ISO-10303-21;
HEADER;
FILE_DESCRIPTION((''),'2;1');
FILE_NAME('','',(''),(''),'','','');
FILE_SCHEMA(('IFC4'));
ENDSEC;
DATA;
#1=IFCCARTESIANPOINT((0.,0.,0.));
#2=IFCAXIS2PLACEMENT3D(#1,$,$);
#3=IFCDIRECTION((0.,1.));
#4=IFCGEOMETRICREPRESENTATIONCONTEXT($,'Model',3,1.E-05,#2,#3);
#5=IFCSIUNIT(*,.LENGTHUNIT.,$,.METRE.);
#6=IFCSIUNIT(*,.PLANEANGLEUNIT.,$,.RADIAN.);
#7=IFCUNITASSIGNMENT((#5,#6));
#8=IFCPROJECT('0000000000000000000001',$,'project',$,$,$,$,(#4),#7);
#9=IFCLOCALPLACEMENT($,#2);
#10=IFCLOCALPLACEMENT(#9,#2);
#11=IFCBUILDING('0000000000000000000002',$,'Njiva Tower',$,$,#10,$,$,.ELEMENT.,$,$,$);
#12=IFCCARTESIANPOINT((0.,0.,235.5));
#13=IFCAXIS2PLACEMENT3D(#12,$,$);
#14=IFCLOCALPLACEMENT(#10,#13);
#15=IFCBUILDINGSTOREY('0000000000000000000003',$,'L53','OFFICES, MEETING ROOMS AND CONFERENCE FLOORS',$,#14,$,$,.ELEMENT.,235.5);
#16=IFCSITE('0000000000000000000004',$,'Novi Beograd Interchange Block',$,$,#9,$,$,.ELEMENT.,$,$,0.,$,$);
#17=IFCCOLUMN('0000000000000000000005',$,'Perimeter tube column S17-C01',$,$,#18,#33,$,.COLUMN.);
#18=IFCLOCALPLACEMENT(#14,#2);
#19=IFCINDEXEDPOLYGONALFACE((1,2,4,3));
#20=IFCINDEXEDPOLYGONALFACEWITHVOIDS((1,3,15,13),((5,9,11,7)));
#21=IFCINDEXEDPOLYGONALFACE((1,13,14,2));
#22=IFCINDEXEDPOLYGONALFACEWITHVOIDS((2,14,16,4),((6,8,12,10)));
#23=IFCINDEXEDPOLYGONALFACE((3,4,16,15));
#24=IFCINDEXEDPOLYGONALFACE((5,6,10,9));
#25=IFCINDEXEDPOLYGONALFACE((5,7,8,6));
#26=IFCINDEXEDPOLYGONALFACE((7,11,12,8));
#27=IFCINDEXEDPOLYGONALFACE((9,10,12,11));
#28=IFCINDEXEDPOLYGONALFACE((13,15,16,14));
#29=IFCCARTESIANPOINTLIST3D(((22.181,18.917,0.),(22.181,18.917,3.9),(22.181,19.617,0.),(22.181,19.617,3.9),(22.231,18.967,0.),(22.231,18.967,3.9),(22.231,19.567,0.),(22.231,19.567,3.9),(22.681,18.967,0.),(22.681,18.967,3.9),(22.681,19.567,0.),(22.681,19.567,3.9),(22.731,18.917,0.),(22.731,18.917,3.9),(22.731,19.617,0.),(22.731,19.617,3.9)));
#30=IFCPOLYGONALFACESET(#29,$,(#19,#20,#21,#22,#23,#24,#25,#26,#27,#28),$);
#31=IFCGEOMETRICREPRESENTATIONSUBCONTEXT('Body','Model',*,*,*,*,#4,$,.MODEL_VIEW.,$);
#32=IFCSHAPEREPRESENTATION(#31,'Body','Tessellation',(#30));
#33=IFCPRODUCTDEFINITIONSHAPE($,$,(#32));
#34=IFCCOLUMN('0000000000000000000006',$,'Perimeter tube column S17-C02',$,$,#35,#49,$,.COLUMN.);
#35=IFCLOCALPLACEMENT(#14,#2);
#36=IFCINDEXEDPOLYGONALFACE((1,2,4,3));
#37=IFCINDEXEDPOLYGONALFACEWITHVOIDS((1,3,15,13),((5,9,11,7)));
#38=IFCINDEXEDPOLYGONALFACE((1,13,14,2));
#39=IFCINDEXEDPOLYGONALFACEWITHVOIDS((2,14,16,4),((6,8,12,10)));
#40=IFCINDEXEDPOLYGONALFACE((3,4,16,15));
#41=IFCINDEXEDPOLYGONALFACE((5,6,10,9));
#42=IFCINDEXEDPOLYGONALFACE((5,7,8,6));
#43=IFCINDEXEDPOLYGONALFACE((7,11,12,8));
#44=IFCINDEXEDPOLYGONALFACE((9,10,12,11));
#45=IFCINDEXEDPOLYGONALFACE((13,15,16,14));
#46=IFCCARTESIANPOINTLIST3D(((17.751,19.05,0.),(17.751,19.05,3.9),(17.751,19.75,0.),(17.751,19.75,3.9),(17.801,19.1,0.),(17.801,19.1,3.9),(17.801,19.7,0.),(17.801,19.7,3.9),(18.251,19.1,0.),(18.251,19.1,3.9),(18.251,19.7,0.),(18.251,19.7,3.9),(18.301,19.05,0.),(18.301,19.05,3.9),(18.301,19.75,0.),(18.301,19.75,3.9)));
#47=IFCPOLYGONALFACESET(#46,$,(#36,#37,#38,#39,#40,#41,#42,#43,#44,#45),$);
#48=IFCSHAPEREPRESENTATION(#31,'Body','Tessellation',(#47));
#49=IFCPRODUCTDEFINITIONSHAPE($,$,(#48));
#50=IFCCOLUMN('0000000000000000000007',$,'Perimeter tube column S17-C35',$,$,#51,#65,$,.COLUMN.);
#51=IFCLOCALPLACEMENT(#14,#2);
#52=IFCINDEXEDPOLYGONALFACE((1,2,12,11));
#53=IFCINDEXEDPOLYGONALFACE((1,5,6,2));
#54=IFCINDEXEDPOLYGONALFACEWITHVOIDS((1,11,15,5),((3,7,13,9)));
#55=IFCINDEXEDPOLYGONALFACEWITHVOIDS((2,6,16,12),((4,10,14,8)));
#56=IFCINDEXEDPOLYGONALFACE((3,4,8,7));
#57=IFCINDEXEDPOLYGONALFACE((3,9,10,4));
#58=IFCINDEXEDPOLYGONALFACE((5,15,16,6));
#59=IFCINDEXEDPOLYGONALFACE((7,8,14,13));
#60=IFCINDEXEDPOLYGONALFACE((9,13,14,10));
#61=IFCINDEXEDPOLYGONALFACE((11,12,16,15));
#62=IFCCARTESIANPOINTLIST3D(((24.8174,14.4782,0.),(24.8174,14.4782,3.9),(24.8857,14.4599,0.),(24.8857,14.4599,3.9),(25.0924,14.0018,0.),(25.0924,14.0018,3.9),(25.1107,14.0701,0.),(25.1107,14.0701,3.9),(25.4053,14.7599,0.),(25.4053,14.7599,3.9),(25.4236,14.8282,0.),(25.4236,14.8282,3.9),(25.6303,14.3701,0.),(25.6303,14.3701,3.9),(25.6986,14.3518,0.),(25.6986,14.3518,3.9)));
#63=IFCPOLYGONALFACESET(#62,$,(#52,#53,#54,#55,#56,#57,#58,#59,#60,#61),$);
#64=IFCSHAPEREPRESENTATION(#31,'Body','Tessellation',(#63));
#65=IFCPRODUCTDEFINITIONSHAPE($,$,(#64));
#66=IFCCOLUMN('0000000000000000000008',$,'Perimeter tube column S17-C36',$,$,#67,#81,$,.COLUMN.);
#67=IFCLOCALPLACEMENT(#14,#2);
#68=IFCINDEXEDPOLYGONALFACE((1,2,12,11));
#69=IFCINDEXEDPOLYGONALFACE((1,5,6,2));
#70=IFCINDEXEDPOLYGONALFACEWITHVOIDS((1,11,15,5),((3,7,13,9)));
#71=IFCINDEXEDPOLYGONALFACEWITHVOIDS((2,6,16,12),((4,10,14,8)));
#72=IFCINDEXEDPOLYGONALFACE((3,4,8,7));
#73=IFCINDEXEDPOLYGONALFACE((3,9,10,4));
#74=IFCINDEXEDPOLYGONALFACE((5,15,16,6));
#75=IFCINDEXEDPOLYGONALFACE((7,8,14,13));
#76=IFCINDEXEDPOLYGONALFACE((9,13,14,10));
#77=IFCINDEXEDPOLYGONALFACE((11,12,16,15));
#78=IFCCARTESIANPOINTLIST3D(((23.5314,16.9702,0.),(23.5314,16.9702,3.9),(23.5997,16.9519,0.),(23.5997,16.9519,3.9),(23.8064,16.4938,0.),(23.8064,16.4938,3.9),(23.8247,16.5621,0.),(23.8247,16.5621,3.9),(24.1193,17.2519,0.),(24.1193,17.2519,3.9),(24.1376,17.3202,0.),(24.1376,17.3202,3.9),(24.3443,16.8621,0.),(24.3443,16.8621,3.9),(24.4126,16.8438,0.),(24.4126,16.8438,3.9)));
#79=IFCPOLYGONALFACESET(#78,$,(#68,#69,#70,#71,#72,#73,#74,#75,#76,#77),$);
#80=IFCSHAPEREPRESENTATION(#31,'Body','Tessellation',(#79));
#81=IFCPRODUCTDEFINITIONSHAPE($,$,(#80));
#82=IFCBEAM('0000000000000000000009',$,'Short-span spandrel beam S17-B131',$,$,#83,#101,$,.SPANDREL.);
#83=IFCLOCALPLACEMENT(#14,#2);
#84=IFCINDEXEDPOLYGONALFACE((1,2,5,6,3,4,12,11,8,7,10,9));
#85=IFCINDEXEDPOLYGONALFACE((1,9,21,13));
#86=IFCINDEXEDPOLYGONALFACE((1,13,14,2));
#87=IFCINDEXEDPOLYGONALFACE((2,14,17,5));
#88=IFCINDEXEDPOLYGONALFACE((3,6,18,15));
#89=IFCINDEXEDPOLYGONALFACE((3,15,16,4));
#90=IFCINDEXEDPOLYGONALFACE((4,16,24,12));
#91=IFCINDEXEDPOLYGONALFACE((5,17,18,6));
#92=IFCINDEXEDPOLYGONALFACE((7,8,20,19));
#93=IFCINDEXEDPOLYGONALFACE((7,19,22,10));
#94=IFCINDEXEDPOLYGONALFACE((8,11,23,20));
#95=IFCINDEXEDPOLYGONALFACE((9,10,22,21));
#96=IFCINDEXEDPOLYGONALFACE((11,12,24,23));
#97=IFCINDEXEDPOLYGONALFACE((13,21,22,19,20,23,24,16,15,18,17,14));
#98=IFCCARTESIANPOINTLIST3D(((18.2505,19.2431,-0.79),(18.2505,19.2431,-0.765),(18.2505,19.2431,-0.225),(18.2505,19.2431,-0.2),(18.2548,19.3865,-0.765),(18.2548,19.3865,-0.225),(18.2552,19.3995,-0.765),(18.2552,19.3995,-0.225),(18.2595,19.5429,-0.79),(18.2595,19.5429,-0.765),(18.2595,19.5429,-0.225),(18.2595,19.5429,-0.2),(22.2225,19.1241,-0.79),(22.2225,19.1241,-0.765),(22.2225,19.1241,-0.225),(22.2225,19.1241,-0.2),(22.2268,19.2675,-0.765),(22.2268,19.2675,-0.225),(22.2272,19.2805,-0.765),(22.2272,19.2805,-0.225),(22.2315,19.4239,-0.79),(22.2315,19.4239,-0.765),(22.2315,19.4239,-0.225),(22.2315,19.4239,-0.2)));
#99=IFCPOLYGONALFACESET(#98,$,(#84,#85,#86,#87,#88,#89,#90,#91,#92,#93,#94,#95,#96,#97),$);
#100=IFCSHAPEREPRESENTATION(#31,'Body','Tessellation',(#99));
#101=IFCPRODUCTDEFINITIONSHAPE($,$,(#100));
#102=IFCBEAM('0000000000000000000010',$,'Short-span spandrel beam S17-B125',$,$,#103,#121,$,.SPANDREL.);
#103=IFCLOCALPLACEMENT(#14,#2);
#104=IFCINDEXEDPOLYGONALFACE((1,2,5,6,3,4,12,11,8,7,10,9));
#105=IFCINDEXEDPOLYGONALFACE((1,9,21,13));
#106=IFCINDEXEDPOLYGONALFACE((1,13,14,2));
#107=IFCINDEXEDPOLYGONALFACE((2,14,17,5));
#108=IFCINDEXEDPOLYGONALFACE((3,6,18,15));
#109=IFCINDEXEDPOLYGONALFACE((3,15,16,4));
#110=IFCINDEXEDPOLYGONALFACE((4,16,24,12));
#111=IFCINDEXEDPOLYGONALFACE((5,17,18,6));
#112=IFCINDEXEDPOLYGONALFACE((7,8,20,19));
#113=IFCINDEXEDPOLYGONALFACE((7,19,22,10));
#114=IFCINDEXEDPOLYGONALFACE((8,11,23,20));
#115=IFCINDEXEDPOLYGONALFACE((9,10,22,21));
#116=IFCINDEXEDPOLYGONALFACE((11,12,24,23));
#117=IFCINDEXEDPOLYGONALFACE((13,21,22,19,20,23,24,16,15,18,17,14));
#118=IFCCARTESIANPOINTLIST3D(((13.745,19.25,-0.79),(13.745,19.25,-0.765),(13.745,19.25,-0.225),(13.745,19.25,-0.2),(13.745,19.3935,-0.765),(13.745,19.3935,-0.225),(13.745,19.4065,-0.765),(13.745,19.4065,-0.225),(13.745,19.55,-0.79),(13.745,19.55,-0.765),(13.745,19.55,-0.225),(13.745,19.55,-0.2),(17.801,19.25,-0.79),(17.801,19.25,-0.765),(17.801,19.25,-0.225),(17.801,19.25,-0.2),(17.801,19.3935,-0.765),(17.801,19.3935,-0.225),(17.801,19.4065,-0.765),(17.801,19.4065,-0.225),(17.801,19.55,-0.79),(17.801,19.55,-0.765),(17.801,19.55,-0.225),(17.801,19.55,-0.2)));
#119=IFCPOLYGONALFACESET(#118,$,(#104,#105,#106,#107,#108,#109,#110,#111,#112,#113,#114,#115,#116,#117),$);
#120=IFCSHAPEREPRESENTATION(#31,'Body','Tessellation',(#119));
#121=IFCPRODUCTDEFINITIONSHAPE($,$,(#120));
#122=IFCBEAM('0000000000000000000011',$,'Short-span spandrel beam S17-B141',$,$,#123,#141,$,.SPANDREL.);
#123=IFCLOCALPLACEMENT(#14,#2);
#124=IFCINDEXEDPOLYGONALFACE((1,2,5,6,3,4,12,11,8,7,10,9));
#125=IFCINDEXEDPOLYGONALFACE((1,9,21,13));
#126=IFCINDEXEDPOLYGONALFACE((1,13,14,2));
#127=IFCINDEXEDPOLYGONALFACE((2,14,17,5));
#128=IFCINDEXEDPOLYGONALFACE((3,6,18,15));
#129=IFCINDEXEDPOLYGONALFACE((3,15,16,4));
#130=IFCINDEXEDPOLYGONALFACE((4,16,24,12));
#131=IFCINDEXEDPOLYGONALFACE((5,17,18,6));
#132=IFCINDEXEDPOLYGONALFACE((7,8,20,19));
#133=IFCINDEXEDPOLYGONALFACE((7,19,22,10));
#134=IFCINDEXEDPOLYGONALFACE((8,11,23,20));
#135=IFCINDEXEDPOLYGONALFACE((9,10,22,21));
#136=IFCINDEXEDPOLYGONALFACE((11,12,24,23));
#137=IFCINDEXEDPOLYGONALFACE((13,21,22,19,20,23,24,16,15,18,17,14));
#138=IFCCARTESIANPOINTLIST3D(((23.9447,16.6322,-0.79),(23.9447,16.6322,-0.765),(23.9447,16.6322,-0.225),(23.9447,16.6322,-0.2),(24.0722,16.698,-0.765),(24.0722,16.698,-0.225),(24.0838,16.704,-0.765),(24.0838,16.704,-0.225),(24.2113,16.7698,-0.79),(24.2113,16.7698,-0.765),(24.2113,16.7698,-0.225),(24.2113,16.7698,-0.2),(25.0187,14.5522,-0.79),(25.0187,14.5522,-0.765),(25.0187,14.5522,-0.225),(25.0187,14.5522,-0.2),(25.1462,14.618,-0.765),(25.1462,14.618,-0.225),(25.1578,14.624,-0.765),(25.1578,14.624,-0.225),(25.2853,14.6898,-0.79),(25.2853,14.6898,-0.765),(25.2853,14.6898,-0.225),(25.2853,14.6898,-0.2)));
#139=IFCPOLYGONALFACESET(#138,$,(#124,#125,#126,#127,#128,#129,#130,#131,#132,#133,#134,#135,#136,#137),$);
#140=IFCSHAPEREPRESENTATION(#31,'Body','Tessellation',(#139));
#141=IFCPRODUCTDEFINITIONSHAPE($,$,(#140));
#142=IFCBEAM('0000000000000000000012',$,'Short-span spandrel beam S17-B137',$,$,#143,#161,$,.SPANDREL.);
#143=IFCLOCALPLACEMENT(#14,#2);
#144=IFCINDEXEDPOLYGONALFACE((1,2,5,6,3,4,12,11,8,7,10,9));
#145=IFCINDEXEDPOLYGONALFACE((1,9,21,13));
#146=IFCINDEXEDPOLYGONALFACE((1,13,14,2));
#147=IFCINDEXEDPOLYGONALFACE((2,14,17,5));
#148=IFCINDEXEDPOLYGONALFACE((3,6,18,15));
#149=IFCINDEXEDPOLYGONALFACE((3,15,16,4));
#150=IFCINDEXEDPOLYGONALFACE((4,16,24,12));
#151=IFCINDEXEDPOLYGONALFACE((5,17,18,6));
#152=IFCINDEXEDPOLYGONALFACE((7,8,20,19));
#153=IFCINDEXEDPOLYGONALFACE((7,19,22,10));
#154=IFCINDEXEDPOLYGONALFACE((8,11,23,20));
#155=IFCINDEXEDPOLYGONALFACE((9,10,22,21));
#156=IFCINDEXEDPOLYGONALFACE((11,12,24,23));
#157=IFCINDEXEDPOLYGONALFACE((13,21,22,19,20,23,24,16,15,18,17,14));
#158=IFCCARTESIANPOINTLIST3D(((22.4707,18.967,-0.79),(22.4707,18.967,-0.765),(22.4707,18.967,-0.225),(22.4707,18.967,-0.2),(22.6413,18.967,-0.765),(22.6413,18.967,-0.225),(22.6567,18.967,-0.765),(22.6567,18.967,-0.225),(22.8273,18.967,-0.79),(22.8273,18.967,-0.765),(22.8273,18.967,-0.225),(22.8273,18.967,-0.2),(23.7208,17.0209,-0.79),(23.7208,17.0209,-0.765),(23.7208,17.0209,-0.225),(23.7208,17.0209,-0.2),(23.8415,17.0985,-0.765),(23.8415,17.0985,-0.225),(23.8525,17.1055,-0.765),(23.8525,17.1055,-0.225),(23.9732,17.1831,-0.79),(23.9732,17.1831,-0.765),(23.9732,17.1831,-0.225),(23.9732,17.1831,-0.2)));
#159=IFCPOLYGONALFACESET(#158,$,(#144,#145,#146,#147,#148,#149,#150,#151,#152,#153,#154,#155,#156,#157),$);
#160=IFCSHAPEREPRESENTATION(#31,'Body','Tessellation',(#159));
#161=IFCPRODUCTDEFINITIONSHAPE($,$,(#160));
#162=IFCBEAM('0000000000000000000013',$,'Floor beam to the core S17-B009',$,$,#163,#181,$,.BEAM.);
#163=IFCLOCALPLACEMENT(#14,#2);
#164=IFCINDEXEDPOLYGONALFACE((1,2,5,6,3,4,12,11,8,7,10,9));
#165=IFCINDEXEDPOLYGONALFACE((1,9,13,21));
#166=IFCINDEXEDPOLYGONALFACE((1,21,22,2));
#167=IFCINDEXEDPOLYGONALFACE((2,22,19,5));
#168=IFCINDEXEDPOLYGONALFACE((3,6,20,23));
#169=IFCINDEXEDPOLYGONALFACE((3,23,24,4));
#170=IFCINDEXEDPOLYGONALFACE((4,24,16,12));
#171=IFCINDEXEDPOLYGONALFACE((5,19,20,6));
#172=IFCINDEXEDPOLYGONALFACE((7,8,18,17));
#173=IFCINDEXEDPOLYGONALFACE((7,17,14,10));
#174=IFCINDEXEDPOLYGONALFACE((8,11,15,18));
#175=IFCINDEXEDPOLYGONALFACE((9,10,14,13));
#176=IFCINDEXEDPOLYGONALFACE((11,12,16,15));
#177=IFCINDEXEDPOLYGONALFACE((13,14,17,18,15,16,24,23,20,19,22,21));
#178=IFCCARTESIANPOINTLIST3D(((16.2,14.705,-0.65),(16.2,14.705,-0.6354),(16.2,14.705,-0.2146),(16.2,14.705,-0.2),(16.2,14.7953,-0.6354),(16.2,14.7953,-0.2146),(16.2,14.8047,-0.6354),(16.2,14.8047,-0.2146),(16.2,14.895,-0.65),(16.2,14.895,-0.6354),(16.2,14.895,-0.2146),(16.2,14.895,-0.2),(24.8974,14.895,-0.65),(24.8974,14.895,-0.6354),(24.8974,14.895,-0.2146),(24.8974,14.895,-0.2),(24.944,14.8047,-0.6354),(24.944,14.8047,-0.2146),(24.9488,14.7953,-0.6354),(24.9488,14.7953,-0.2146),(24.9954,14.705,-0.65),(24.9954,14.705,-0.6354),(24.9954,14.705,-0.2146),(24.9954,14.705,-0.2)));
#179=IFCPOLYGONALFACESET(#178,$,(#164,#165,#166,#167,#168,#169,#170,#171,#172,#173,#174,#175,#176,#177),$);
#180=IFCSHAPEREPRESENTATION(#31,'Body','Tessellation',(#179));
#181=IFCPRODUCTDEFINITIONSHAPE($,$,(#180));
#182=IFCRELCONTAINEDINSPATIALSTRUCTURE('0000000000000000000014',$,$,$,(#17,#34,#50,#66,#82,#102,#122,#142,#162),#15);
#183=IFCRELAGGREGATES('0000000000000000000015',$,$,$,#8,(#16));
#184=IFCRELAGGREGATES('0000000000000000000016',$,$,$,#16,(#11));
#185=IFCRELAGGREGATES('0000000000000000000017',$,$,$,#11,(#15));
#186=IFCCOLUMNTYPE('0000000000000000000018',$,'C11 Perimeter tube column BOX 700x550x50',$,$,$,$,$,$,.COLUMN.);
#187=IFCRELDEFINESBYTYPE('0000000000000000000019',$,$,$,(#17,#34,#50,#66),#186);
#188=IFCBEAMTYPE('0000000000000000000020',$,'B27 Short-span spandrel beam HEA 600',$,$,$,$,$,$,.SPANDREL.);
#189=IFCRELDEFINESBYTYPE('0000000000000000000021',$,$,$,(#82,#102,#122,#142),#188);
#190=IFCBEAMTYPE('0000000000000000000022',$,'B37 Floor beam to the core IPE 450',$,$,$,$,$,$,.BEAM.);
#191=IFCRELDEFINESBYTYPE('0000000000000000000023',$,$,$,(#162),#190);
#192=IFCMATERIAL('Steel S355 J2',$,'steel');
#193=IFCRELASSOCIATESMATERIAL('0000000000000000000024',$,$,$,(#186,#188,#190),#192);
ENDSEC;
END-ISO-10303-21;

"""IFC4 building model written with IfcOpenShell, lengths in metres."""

from ifc_helpers import new_model, si_unit, direction, frame, origin, origin_2d, place, context, subcontext, project, spatial, hollow_rectangle, i_section, extrude, clip, halfspace, material, material_profile, profile_set, type_object, element, save


model = new_model("IFC4")

# Units and contexts
model_context = context("Model", 3, precision=1e-05, world=origin(), true_north=direction((0.0, 1.0)))
body_context = subcontext(model_context, "Body", "Model", "MODEL_VIEW")
ifc_project = project(units=[si_unit("LENGTHUNIT", "METRE"), si_unit("PLANEANGLEUNIT", "RADIAN")], contexts=[model_context])

# Site, building, storey
site_placement = place(None, origin())
site = spatial("IfcSite", under=ifc_project, at=site_placement, Name="Novi Beograd Interchange Block", CompositionType="ELEMENT", RefElevation=0.0)
building_placement = place(site_placement, origin())
building = spatial("IfcBuilding", under=site, at=building_placement, Name="Njiva Tower", CompositionType="ELEMENT")
storey_placement = place(building_placement, frame((0.0, 0.0, 235.5)))
storey = spatial("IfcBuildingStorey", under=building, at=storey_placement, Name="L53", Description="OFFICES, MEETING ROOMS AND CONFERENCE FLOORS", CompositionType="ELEMENT", Elevation=235.5)

# Columns
ifc_material_1 = material(Name="Steel S355 J2", Category="steel")
ifc_material_profile_1 = material_profile(ifc_material_1, hollow_rectangle(XDim=0.55, YDim=0.7, WallThickness=0.05, at=origin_2d()), Name="BOX 700x550x50")
ifc_profile_set_1 = profile_set([ifc_material_profile_1], Name="Steel S355 J2")
column_type = type_object("IfcColumnType", Name="C11 Perimeter tube column BOX 700x550x50", PredefinedType="COLUMN", material=ifc_profile_set_1)
for number, where, z_axis, x_axis, name in (
    (1, (22.456, 19.267, 0.0), (0.0, 0.0, 1.0), (-1.0, 0.0, 0.0), "Perimeter tube column S17-C01"),
    (2, (18.026, 19.4, 0.0), (0.0, 0.0, 1.0), (-1.0, 0.0, 0.0), "Perimeter tube column S17-C02"),
    (3, (25.258, 14.415, 0.0), (0.0, 0.0, 1.0), (-0.5, 0.866025, 0.0), "Perimeter tube column S17-C35"),
    (4, (23.972, 16.907, 0.0), (0.0, 0.0, 1.0), (-0.5, 0.866025, 0.0), "Perimeter tube column S17-C36"),
):
    element("IfcColumn", number, at=place(storey_placement, frame(where, z_axis=z_axis, x_axis=x_axis)), inside=storey, type_object=column_type, Name=name, PredefinedType="COLUMN", context=body_context, shape_type="SweptSolid", body=[
        extrude(hollow_rectangle(XDim=0.55, YDim=0.7, WallThickness=0.05, at=origin_2d()), origin(), (0.0, 0.0, 1.0), 3.9),
    ])

# Beams
ifc_material_profile_2 = material_profile(ifc_material_1, i_section(OverallWidth=0.3, OverallDepth=0.59, WebThickness=0.013, FlangeThickness=0.025, at=origin_2d()), Name="HEA 600")
ifc_profile_set_2 = profile_set([ifc_material_profile_2], Name="Steel S355 J2")
beam_type_1 = type_object("IfcBeamType", Name="B27 Short-span spandrel beam HEA 600", PredefinedType="SPANDREL", material=ifc_profile_set_2)
beam_1_placement = place(storey_placement, frame((22.227, 19.274, -0.495), z_axis=(-0.999552, 0.029946, 0.0), x_axis=(-0.029946, -0.999552, 0.0)))
element("IfcBeam", 5, at=beam_1_placement, inside=storey, type_object=beam_type_1, Name="Short-span spandrel beam S17-B131", PredefinedType="SPANDREL", context=body_context, shape_type="SweptSolid", body=[
    extrude(i_section(OverallWidth=0.3, OverallDepth=0.59, WebThickness=0.013, FlangeThickness=0.025, at=origin_2d()), origin(), (0.0, 0.0, 1.0), 3.9738),
])
beam_2_placement = place(storey_placement, frame((17.801, 19.4, -0.495), z_axis=(-1.0, 0.0, 0.0), x_axis=(0.0, -1.0, 0.0)))
element("IfcBeam", 6, at=beam_2_placement, inside=storey, type_object=beam_type_1, Name="Short-span spandrel beam S17-B125", PredefinedType="SPANDREL", context=body_context, shape_type="SweptSolid", body=[
    extrude(i_section(OverallWidth=0.3, OverallDepth=0.59, WebThickness=0.013, FlangeThickness=0.025, at=origin_2d()), origin(), (0.0, 0.0, 1.0), 4.056),
])
beam_3_placement = place(storey_placement, frame((25.152, 14.621, -0.495), z_axis=(-0.458795, 0.888542, 0.0), x_axis=(-0.888542, -0.458795, 0.0)))
element("IfcBeam", 7, at=beam_3_placement, inside=storey, type_object=beam_type_1, Name="Short-span spandrel beam S17-B141", PredefinedType="SPANDREL", context=body_context, shape_type="SweptSolid", body=[
    extrude(i_section(OverallWidth=0.3, OverallDepth=0.59, WebThickness=0.013, FlangeThickness=0.025, at=origin_2d()), origin(), (0.0, 0.0, 1.0), 2.3409),
])
beam_4_placement = place(storey_placement, frame((23.847, 17.102, -0.495), z_axis=(-0.540461, 0.841369, 0.0), x_axis=(-0.841369, -0.540461, 0.0)))
element("IfcBeam", 8, at=beam_4_placement, inside=storey, type_object=beam_type_1, Name="Short-span spandrel beam S17-B137", PredefinedType="SPANDREL", context=body_context, shape_type="Clipping", body=[
    clip(extrude(i_section(OverallWidth=0.3, OverallDepth=0.59, WebThickness=0.013, FlangeThickness=0.025, at=origin_2d()), origin(), (0.0, 0.0, 1.0), 2.3326), halfspace(frame((-0.027, 0.0, 2.1993), z_axis=(-0.540461, 0.0, 0.841369), x_axis=(0.0, 1.0, 0.0)), False)),
])
ifc_material_profile_3 = material_profile(ifc_material_1, i_section(OverallWidth=0.19, OverallDepth=0.45, WebThickness=0.0094, FlangeThickness=0.0146, at=origin_2d()), Name="IPE 450")
ifc_profile_set_3 = profile_set([ifc_material_profile_3], Name="Steel S355 J2")
beam_type_2 = type_object("IfcBeamType", Name="B37 Floor beam to the core IPE 450", PredefinedType="BEAM", material=ifc_profile_set_3)
beam_5_placement = place(storey_placement, frame((16.2, 14.8, -0.425), z_axis=(1.0, 0.0, 0.0), x_axis=(0.0, 1.0, 0.0)))
element("IfcBeam", 9, at=beam_5_placement, inside=storey, type_object=beam_type_2, Name="Floor beam to the core S17-B009", PredefinedType="BEAM", context=body_context, shape_type="Clipping", body=[
    clip(extrude(i_section(OverallWidth=0.19, OverallDepth=0.45, WebThickness=0.0094, FlangeThickness=0.0146, at=origin_2d()), origin(), (0.0, 0.0, 1.0), 8.815), halfspace(frame((0.0229, 0.0, 8.7346), z_axis=(0.458331, 0.0, 0.888782), x_axis=(0.0, 1.0, 0.0)), False)),
])

save(model, "model.ifc")
